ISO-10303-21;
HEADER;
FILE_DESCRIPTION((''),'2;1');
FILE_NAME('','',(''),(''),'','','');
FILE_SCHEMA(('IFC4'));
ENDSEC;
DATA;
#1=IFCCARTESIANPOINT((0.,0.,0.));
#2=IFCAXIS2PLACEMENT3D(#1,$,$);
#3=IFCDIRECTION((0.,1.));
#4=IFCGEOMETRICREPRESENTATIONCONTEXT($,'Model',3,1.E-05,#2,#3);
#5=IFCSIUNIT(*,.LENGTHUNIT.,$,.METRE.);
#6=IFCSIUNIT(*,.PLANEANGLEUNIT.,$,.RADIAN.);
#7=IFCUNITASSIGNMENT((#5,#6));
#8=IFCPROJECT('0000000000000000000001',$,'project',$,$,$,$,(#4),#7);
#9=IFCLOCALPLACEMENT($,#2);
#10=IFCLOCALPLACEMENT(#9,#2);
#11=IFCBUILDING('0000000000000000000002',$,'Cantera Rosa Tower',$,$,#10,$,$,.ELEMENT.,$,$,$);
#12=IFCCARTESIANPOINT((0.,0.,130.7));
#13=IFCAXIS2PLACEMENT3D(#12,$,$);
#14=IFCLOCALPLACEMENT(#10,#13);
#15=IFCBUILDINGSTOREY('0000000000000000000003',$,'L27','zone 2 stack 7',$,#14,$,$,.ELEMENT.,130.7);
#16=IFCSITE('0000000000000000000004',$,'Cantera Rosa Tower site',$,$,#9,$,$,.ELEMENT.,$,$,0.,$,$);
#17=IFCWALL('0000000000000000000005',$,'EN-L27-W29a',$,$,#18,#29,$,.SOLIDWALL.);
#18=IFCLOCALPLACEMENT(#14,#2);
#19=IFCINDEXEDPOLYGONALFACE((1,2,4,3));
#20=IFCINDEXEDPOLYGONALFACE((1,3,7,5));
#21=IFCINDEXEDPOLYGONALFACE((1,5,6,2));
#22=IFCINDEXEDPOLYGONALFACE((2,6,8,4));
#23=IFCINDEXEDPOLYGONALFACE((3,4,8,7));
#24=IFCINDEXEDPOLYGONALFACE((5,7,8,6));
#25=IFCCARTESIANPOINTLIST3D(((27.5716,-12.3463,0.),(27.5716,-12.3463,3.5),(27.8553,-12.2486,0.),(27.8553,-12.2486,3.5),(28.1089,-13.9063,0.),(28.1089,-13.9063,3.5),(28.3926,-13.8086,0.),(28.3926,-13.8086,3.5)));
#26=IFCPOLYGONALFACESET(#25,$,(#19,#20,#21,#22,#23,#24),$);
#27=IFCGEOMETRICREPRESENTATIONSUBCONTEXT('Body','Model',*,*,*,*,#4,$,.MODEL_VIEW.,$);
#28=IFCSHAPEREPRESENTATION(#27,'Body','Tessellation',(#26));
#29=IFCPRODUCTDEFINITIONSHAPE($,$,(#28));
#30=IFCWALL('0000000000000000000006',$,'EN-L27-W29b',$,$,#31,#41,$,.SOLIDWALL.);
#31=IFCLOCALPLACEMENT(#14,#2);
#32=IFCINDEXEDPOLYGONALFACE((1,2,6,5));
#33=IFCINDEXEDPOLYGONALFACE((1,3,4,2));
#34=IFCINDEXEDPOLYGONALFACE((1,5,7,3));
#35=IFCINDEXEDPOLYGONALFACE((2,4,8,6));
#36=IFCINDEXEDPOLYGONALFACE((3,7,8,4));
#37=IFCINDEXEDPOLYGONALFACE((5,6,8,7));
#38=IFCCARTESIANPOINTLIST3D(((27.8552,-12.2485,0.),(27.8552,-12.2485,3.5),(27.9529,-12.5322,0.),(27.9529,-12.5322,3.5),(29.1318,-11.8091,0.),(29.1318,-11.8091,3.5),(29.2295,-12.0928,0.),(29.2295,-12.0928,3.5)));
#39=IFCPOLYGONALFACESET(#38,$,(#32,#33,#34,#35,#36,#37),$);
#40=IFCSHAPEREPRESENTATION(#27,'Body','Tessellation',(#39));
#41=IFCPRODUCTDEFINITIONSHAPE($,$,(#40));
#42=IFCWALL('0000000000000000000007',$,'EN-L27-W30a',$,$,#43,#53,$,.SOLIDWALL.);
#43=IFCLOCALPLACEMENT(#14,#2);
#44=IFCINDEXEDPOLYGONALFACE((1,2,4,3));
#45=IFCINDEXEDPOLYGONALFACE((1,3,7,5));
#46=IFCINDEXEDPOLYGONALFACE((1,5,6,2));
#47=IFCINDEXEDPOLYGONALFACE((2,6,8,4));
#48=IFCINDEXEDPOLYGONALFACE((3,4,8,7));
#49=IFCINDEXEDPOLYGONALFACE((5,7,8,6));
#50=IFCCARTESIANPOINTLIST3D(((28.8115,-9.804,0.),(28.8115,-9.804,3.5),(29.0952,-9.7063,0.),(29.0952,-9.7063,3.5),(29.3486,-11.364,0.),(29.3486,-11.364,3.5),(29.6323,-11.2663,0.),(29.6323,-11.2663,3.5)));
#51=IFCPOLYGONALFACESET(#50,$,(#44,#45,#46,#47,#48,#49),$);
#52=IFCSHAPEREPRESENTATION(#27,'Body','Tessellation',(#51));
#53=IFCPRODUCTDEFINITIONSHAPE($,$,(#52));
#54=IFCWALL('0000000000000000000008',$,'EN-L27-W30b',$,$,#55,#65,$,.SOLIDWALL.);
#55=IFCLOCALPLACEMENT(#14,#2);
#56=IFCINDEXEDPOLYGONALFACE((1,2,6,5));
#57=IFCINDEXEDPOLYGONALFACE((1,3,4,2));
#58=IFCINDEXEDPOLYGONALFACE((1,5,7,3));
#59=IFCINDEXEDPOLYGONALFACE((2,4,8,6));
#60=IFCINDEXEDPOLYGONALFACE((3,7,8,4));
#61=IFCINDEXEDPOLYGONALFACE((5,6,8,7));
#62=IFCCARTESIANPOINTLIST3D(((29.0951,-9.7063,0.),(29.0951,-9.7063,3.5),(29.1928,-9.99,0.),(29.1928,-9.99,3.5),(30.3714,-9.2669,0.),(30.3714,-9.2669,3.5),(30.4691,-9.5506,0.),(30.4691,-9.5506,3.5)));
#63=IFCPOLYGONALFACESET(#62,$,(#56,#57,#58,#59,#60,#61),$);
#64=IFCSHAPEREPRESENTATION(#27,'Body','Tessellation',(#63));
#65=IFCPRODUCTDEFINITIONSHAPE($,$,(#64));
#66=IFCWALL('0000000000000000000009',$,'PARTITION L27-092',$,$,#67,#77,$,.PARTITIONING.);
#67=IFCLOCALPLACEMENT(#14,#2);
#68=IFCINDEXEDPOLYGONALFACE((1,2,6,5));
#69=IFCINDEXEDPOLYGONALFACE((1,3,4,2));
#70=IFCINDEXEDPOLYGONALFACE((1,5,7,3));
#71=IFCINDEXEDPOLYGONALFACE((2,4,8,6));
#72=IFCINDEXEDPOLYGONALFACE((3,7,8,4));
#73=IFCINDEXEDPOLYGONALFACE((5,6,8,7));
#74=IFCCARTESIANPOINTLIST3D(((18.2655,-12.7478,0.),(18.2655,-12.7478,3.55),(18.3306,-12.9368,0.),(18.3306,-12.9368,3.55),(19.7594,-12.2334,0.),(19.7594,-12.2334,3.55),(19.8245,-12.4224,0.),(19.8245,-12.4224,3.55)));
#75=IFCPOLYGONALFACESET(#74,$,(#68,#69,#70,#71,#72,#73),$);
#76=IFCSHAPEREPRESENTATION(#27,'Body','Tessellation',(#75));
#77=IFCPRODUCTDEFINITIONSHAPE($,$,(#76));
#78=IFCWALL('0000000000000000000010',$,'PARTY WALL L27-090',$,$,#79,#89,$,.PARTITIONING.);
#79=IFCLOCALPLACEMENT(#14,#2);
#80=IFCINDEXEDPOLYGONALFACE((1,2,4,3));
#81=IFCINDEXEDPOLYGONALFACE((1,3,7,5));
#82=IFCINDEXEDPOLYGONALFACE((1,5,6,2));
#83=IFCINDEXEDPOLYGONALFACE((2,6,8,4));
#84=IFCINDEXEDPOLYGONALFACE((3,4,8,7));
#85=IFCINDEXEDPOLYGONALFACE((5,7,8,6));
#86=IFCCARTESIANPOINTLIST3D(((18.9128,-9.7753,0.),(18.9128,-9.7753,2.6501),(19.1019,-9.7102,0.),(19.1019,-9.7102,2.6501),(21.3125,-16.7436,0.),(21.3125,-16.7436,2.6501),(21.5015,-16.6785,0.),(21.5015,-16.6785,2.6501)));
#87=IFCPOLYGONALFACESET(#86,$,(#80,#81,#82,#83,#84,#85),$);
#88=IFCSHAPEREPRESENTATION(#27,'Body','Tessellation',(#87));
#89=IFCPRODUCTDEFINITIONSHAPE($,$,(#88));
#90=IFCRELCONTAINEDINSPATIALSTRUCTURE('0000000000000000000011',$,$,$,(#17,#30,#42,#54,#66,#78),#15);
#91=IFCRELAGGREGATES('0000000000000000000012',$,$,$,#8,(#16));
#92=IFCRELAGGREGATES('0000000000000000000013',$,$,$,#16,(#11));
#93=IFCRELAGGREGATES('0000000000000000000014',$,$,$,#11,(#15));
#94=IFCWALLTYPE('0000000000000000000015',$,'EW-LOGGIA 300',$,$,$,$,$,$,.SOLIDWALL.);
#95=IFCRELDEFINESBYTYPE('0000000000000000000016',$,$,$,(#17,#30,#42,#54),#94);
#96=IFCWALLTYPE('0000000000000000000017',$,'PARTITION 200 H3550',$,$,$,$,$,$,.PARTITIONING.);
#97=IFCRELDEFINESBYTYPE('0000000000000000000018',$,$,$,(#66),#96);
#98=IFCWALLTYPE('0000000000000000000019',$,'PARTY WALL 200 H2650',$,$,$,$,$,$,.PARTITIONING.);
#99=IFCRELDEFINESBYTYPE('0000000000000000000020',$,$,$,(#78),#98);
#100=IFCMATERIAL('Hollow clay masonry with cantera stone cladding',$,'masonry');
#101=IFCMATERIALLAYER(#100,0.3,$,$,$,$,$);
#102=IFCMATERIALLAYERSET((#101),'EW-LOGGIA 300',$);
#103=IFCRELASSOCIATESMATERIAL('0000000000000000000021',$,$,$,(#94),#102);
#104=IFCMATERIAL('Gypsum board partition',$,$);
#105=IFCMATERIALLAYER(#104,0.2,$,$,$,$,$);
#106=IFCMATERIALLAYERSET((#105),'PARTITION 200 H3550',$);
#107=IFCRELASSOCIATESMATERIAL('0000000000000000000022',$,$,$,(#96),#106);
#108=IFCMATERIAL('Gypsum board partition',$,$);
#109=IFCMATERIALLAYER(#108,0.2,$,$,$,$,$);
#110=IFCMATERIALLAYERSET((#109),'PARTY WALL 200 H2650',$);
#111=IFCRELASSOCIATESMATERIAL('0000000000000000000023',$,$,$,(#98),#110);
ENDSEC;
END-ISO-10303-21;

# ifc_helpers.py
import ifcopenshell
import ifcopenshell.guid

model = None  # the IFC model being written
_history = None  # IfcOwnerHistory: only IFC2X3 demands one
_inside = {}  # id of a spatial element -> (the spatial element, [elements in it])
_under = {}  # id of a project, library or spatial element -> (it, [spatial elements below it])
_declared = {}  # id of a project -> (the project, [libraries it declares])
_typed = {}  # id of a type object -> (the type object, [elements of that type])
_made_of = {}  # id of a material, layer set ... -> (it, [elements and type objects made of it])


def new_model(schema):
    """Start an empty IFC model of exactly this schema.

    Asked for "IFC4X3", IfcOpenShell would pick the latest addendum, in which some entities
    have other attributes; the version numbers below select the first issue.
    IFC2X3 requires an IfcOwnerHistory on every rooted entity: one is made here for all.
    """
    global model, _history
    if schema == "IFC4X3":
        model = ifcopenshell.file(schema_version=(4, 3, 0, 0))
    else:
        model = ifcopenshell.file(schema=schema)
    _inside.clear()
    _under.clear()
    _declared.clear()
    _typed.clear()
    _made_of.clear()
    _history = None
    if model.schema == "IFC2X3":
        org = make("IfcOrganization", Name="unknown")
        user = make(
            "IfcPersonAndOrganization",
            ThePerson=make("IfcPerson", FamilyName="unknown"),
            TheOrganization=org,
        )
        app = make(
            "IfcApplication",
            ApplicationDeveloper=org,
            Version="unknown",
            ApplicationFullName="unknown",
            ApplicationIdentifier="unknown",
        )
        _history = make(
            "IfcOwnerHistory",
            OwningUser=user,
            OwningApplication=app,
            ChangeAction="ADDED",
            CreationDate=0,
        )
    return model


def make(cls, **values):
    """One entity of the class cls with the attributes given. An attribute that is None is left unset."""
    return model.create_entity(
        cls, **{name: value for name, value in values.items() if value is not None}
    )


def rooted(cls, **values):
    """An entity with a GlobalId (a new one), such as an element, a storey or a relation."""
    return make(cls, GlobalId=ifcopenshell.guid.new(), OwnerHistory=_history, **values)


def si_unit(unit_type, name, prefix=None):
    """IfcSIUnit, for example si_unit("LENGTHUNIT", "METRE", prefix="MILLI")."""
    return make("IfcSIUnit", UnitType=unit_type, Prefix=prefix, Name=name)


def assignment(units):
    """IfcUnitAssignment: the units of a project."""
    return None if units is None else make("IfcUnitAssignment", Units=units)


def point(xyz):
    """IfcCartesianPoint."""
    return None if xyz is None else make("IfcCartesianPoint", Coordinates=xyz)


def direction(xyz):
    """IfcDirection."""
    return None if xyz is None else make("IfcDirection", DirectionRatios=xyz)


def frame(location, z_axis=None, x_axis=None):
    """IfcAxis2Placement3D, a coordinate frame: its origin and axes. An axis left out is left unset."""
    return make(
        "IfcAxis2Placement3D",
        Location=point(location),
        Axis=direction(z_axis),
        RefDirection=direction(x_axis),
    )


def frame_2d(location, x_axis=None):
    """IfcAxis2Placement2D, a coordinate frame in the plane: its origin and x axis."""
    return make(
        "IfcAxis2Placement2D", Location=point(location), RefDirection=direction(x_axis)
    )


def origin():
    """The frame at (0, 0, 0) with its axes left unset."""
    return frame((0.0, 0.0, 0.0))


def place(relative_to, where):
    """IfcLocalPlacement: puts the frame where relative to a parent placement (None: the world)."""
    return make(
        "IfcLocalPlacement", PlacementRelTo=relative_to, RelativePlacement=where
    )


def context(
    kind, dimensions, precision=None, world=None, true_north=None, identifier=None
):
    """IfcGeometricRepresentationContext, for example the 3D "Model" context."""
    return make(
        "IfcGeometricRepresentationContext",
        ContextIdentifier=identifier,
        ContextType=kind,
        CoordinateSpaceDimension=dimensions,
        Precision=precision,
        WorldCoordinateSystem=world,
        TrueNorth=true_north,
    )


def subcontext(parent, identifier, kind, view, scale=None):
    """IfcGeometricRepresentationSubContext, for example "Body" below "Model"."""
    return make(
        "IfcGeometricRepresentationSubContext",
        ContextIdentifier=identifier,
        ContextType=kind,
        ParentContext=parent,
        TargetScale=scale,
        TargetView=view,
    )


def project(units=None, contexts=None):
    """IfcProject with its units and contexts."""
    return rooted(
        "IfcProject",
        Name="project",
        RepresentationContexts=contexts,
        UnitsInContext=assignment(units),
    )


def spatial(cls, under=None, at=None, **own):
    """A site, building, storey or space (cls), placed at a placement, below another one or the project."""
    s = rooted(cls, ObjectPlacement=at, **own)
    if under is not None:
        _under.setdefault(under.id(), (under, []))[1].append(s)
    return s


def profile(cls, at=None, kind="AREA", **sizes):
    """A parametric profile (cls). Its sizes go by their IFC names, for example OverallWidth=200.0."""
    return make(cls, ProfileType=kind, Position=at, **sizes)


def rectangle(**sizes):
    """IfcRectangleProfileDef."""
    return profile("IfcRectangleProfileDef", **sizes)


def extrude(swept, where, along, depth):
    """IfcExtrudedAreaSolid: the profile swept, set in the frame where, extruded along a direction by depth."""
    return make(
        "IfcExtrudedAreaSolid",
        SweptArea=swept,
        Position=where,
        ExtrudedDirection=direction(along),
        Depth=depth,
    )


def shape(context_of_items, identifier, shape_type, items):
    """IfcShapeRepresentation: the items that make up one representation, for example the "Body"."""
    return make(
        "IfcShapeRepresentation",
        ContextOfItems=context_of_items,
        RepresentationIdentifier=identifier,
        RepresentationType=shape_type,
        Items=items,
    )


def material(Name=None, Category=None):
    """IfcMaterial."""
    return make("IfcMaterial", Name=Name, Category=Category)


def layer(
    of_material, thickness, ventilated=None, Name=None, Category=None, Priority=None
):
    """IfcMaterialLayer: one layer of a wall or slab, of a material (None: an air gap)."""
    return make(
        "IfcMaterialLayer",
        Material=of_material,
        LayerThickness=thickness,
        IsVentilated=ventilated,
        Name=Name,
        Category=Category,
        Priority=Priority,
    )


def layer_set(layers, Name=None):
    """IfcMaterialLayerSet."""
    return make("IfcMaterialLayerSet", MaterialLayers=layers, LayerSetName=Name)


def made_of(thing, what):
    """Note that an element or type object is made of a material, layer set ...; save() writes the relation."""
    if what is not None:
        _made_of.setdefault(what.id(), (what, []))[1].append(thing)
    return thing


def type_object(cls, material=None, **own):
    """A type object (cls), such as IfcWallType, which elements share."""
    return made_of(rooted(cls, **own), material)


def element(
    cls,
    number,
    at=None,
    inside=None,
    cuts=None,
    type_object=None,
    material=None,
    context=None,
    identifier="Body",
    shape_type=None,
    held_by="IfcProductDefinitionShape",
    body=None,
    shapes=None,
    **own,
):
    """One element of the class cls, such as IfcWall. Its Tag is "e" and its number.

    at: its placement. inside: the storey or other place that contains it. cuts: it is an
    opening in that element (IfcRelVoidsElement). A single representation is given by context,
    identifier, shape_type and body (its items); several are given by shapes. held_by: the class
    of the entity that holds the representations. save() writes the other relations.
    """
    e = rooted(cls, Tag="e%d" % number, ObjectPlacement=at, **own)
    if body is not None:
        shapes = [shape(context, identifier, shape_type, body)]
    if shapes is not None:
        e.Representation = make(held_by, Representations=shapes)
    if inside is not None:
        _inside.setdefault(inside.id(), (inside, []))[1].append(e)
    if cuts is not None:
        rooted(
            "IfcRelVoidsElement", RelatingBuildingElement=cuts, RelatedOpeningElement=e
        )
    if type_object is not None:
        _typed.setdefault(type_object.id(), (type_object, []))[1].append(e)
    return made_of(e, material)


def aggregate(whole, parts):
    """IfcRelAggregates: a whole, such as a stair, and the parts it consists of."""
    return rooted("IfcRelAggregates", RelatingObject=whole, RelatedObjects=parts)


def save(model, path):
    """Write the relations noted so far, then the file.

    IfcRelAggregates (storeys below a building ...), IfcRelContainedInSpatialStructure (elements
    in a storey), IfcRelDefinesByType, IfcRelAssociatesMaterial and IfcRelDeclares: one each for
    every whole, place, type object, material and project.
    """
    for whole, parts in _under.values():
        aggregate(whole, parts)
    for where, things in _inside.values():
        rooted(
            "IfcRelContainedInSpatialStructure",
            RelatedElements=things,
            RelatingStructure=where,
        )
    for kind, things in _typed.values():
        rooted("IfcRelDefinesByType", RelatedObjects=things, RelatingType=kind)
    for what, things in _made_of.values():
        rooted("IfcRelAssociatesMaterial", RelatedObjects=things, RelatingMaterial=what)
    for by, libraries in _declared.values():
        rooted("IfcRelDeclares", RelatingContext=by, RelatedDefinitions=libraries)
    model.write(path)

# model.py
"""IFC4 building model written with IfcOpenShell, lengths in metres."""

from ifc_helpers import new_model, si_unit, direction, frame, frame_2d, origin, place, context, subcontext, project, spatial, rectangle, extrude, material, layer, layer_set, type_object, element, save


model = new_model("IFC4")

# Units and contexts
model_context = context("Model", 3, precision=1e-05, world=origin(), true_north=direction((0.0, 1.0)))
body_context = subcontext(model_context, "Body", "Model", "MODEL_VIEW")
ifc_project = project(units=[si_unit("LENGTHUNIT", "METRE"), si_unit("PLANEANGLEUNIT", "RADIAN")], contexts=[model_context])

# Site, building, storey
site_placement = place(None, origin())
site = spatial("IfcSite", under=ifc_project, at=site_placement, Name="Cantera Rosa Tower site", CompositionType="ELEMENT", RefElevation=0.0)
building_placement = place(site_placement, origin())
building = spatial("IfcBuilding", under=site, at=building_placement, Name="Cantera Rosa Tower", CompositionType="ELEMENT")
storey_placement = place(building_placement, frame((0.0, 0.0, 130.7)))
storey = spatial("IfcBuildingStorey", under=building, at=storey_placement, Name="L27", Description="zone 2 stack 7", CompositionType="ELEMENT", Elevation=130.7)

# Walls
ifc_material_1 = material(Name="Hollow clay masonry with cantera stone cladding", Category="masonry")
ifc_layer_1 = layer(ifc_material_1, 0.3)
ifc_layer_set_1 = layer_set([ifc_layer_1], Name="EW-LOGGIA 300")
wall_type_1 = type_object("IfcWallType", Name="EW-LOGGIA 300", PredefinedType="SOLIDWALL", material=ifc_layer_set_1)
wall_1_placement = place(storey_placement, frame((28.2507, -13.8574, 0.0), z_axis=(0.0, 0.0, 1.0), x_axis=(-0.325667, 0.945485, 0.0)))
element("IfcWall", 1, at=wall_1_placement, inside=storey, type_object=wall_type_1, Name="EN-L27-W29a", PredefinedType="SOLIDWALL", context=body_context, shape_type="SweptSolid", body=[
    extrude(rectangle(XDim=1.6499, YDim=0.3, at=frame_2d((0.825, 0.0))), origin(), (0.0, 0.0, 1.0), 3.5),
])
wall_2_placement = place(storey_placement, frame((27.9041, -12.3904, 0.0), z_axis=(0.0, 0.0, 1.0), x_axis=(0.945546, 0.325489, 0.0)))
element("IfcWall", 2, at=wall_2_placement, inside=storey, type_object=wall_type_1, Name="EN-L27-W29b", PredefinedType="SOLIDWALL", context=body_context, shape_type="SweptSolid", body=[
    extrude(rectangle(XDim=1.3501, YDim=0.3, at=frame_2d((0.675, 0.0))), origin(), (0.0, 0.0, 1.0), 3.5),
])
wall_3_placement = place(storey_placement, frame((29.4905, -11.3152, 0.0), z_axis=(0.0, 0.0, 1.0), x_axis=(-0.325535, 0.94553, 0.0)))
element("IfcWall", 3, at=wall_3_placement, inside=storey, type_object=wall_type_1, Name="EN-L27-W30a", PredefinedType="SOLIDWALL", context=body_context, shape_type="SweptSolid", body=[
    extrude(rectangle(XDim=1.6499, YDim=0.3, at=frame_2d((0.825, 0.0))), origin(), (0.0, 0.0, 1.0), 3.5),
])
wall_4_placement = place(storey_placement, frame((29.144, -9.8481, 0.0), z_axis=(0.0, 0.0, 1.0), x_axis=(0.945527, 0.325545, 0.0)))
element("IfcWall", 4, at=wall_4_placement, inside=storey, type_object=wall_type_1, Name="EN-L27-W30b", PredefinedType="SOLIDWALL", context=body_context, shape_type="SweptSolid", body=[
    extrude(rectangle(XDim=1.3499, YDim=0.3, at=frame_2d((0.6748, 0.0))), origin(), (0.0, 0.0, 1.0), 3.5),
])

# Walls
ifc_material_2 = material(Name="Gypsum board partition")
ifc_layer_2 = layer(ifc_material_2, 0.2)
ifc_layer_set_2 = layer_set([ifc_layer_2], Name="PARTITION 200 H3550")
wall_type_2 = type_object("IfcWallType", Name="PARTITION 200 H3550", PredefinedType="PARTITIONING", material=ifc_layer_set_2)
wall_5_placement = place(storey_placement, frame((19.792, -12.3279, 0.0), z_axis=(0.0, 0.0, 1.0), x_axis=(-0.945516, -0.325576, 0.0)))
element("IfcWall", 5, at=wall_5_placement, inside=storey, type_object=wall_type_2, Name="PARTITION L27-092", PredefinedType="PARTITIONING", context=body_context, shape_type="SweptSolid", body=[
    extrude(rectangle(XDim=1.5801, YDim=0.2, at=frame_2d((0.79, 0.0))), origin(), (0.0, 0.0, 1.0), 3.55),
])
ifc_material_3 = material(Name="Gypsum board partition")
ifc_layer_3 = layer(ifc_material_3, 0.2)
ifc_layer_set_3 = layer_set([ifc_layer_3], Name="PARTY WALL 200 H2650")
wall_type_3 = type_object("IfcWallType", Name="PARTY WALL 200 H2650", PredefinedType="PARTITIONING", material=ifc_layer_set_3)
wall_6_placement = place(storey_placement, frame((19.0073, -9.7427, 0.0), z_axis=(0.0, 0.0, 1.0), x_axis=(0.325604, -0.945506, 0.0)))
element("IfcWall", 6, at=wall_6_placement, inside=storey, type_object=wall_type_3, Name="PARTY WALL L27-090", PredefinedType="PARTITIONING", context=body_context, shape_type="SweptSolid", body=[
    extrude(rectangle(XDim=7.3699, YDim=0.2, at=frame_2d((3.6851, 0.0))), origin(), (0.0, 0.0, 1.0), 2.6501),
])

save(model, "model.ifc")
